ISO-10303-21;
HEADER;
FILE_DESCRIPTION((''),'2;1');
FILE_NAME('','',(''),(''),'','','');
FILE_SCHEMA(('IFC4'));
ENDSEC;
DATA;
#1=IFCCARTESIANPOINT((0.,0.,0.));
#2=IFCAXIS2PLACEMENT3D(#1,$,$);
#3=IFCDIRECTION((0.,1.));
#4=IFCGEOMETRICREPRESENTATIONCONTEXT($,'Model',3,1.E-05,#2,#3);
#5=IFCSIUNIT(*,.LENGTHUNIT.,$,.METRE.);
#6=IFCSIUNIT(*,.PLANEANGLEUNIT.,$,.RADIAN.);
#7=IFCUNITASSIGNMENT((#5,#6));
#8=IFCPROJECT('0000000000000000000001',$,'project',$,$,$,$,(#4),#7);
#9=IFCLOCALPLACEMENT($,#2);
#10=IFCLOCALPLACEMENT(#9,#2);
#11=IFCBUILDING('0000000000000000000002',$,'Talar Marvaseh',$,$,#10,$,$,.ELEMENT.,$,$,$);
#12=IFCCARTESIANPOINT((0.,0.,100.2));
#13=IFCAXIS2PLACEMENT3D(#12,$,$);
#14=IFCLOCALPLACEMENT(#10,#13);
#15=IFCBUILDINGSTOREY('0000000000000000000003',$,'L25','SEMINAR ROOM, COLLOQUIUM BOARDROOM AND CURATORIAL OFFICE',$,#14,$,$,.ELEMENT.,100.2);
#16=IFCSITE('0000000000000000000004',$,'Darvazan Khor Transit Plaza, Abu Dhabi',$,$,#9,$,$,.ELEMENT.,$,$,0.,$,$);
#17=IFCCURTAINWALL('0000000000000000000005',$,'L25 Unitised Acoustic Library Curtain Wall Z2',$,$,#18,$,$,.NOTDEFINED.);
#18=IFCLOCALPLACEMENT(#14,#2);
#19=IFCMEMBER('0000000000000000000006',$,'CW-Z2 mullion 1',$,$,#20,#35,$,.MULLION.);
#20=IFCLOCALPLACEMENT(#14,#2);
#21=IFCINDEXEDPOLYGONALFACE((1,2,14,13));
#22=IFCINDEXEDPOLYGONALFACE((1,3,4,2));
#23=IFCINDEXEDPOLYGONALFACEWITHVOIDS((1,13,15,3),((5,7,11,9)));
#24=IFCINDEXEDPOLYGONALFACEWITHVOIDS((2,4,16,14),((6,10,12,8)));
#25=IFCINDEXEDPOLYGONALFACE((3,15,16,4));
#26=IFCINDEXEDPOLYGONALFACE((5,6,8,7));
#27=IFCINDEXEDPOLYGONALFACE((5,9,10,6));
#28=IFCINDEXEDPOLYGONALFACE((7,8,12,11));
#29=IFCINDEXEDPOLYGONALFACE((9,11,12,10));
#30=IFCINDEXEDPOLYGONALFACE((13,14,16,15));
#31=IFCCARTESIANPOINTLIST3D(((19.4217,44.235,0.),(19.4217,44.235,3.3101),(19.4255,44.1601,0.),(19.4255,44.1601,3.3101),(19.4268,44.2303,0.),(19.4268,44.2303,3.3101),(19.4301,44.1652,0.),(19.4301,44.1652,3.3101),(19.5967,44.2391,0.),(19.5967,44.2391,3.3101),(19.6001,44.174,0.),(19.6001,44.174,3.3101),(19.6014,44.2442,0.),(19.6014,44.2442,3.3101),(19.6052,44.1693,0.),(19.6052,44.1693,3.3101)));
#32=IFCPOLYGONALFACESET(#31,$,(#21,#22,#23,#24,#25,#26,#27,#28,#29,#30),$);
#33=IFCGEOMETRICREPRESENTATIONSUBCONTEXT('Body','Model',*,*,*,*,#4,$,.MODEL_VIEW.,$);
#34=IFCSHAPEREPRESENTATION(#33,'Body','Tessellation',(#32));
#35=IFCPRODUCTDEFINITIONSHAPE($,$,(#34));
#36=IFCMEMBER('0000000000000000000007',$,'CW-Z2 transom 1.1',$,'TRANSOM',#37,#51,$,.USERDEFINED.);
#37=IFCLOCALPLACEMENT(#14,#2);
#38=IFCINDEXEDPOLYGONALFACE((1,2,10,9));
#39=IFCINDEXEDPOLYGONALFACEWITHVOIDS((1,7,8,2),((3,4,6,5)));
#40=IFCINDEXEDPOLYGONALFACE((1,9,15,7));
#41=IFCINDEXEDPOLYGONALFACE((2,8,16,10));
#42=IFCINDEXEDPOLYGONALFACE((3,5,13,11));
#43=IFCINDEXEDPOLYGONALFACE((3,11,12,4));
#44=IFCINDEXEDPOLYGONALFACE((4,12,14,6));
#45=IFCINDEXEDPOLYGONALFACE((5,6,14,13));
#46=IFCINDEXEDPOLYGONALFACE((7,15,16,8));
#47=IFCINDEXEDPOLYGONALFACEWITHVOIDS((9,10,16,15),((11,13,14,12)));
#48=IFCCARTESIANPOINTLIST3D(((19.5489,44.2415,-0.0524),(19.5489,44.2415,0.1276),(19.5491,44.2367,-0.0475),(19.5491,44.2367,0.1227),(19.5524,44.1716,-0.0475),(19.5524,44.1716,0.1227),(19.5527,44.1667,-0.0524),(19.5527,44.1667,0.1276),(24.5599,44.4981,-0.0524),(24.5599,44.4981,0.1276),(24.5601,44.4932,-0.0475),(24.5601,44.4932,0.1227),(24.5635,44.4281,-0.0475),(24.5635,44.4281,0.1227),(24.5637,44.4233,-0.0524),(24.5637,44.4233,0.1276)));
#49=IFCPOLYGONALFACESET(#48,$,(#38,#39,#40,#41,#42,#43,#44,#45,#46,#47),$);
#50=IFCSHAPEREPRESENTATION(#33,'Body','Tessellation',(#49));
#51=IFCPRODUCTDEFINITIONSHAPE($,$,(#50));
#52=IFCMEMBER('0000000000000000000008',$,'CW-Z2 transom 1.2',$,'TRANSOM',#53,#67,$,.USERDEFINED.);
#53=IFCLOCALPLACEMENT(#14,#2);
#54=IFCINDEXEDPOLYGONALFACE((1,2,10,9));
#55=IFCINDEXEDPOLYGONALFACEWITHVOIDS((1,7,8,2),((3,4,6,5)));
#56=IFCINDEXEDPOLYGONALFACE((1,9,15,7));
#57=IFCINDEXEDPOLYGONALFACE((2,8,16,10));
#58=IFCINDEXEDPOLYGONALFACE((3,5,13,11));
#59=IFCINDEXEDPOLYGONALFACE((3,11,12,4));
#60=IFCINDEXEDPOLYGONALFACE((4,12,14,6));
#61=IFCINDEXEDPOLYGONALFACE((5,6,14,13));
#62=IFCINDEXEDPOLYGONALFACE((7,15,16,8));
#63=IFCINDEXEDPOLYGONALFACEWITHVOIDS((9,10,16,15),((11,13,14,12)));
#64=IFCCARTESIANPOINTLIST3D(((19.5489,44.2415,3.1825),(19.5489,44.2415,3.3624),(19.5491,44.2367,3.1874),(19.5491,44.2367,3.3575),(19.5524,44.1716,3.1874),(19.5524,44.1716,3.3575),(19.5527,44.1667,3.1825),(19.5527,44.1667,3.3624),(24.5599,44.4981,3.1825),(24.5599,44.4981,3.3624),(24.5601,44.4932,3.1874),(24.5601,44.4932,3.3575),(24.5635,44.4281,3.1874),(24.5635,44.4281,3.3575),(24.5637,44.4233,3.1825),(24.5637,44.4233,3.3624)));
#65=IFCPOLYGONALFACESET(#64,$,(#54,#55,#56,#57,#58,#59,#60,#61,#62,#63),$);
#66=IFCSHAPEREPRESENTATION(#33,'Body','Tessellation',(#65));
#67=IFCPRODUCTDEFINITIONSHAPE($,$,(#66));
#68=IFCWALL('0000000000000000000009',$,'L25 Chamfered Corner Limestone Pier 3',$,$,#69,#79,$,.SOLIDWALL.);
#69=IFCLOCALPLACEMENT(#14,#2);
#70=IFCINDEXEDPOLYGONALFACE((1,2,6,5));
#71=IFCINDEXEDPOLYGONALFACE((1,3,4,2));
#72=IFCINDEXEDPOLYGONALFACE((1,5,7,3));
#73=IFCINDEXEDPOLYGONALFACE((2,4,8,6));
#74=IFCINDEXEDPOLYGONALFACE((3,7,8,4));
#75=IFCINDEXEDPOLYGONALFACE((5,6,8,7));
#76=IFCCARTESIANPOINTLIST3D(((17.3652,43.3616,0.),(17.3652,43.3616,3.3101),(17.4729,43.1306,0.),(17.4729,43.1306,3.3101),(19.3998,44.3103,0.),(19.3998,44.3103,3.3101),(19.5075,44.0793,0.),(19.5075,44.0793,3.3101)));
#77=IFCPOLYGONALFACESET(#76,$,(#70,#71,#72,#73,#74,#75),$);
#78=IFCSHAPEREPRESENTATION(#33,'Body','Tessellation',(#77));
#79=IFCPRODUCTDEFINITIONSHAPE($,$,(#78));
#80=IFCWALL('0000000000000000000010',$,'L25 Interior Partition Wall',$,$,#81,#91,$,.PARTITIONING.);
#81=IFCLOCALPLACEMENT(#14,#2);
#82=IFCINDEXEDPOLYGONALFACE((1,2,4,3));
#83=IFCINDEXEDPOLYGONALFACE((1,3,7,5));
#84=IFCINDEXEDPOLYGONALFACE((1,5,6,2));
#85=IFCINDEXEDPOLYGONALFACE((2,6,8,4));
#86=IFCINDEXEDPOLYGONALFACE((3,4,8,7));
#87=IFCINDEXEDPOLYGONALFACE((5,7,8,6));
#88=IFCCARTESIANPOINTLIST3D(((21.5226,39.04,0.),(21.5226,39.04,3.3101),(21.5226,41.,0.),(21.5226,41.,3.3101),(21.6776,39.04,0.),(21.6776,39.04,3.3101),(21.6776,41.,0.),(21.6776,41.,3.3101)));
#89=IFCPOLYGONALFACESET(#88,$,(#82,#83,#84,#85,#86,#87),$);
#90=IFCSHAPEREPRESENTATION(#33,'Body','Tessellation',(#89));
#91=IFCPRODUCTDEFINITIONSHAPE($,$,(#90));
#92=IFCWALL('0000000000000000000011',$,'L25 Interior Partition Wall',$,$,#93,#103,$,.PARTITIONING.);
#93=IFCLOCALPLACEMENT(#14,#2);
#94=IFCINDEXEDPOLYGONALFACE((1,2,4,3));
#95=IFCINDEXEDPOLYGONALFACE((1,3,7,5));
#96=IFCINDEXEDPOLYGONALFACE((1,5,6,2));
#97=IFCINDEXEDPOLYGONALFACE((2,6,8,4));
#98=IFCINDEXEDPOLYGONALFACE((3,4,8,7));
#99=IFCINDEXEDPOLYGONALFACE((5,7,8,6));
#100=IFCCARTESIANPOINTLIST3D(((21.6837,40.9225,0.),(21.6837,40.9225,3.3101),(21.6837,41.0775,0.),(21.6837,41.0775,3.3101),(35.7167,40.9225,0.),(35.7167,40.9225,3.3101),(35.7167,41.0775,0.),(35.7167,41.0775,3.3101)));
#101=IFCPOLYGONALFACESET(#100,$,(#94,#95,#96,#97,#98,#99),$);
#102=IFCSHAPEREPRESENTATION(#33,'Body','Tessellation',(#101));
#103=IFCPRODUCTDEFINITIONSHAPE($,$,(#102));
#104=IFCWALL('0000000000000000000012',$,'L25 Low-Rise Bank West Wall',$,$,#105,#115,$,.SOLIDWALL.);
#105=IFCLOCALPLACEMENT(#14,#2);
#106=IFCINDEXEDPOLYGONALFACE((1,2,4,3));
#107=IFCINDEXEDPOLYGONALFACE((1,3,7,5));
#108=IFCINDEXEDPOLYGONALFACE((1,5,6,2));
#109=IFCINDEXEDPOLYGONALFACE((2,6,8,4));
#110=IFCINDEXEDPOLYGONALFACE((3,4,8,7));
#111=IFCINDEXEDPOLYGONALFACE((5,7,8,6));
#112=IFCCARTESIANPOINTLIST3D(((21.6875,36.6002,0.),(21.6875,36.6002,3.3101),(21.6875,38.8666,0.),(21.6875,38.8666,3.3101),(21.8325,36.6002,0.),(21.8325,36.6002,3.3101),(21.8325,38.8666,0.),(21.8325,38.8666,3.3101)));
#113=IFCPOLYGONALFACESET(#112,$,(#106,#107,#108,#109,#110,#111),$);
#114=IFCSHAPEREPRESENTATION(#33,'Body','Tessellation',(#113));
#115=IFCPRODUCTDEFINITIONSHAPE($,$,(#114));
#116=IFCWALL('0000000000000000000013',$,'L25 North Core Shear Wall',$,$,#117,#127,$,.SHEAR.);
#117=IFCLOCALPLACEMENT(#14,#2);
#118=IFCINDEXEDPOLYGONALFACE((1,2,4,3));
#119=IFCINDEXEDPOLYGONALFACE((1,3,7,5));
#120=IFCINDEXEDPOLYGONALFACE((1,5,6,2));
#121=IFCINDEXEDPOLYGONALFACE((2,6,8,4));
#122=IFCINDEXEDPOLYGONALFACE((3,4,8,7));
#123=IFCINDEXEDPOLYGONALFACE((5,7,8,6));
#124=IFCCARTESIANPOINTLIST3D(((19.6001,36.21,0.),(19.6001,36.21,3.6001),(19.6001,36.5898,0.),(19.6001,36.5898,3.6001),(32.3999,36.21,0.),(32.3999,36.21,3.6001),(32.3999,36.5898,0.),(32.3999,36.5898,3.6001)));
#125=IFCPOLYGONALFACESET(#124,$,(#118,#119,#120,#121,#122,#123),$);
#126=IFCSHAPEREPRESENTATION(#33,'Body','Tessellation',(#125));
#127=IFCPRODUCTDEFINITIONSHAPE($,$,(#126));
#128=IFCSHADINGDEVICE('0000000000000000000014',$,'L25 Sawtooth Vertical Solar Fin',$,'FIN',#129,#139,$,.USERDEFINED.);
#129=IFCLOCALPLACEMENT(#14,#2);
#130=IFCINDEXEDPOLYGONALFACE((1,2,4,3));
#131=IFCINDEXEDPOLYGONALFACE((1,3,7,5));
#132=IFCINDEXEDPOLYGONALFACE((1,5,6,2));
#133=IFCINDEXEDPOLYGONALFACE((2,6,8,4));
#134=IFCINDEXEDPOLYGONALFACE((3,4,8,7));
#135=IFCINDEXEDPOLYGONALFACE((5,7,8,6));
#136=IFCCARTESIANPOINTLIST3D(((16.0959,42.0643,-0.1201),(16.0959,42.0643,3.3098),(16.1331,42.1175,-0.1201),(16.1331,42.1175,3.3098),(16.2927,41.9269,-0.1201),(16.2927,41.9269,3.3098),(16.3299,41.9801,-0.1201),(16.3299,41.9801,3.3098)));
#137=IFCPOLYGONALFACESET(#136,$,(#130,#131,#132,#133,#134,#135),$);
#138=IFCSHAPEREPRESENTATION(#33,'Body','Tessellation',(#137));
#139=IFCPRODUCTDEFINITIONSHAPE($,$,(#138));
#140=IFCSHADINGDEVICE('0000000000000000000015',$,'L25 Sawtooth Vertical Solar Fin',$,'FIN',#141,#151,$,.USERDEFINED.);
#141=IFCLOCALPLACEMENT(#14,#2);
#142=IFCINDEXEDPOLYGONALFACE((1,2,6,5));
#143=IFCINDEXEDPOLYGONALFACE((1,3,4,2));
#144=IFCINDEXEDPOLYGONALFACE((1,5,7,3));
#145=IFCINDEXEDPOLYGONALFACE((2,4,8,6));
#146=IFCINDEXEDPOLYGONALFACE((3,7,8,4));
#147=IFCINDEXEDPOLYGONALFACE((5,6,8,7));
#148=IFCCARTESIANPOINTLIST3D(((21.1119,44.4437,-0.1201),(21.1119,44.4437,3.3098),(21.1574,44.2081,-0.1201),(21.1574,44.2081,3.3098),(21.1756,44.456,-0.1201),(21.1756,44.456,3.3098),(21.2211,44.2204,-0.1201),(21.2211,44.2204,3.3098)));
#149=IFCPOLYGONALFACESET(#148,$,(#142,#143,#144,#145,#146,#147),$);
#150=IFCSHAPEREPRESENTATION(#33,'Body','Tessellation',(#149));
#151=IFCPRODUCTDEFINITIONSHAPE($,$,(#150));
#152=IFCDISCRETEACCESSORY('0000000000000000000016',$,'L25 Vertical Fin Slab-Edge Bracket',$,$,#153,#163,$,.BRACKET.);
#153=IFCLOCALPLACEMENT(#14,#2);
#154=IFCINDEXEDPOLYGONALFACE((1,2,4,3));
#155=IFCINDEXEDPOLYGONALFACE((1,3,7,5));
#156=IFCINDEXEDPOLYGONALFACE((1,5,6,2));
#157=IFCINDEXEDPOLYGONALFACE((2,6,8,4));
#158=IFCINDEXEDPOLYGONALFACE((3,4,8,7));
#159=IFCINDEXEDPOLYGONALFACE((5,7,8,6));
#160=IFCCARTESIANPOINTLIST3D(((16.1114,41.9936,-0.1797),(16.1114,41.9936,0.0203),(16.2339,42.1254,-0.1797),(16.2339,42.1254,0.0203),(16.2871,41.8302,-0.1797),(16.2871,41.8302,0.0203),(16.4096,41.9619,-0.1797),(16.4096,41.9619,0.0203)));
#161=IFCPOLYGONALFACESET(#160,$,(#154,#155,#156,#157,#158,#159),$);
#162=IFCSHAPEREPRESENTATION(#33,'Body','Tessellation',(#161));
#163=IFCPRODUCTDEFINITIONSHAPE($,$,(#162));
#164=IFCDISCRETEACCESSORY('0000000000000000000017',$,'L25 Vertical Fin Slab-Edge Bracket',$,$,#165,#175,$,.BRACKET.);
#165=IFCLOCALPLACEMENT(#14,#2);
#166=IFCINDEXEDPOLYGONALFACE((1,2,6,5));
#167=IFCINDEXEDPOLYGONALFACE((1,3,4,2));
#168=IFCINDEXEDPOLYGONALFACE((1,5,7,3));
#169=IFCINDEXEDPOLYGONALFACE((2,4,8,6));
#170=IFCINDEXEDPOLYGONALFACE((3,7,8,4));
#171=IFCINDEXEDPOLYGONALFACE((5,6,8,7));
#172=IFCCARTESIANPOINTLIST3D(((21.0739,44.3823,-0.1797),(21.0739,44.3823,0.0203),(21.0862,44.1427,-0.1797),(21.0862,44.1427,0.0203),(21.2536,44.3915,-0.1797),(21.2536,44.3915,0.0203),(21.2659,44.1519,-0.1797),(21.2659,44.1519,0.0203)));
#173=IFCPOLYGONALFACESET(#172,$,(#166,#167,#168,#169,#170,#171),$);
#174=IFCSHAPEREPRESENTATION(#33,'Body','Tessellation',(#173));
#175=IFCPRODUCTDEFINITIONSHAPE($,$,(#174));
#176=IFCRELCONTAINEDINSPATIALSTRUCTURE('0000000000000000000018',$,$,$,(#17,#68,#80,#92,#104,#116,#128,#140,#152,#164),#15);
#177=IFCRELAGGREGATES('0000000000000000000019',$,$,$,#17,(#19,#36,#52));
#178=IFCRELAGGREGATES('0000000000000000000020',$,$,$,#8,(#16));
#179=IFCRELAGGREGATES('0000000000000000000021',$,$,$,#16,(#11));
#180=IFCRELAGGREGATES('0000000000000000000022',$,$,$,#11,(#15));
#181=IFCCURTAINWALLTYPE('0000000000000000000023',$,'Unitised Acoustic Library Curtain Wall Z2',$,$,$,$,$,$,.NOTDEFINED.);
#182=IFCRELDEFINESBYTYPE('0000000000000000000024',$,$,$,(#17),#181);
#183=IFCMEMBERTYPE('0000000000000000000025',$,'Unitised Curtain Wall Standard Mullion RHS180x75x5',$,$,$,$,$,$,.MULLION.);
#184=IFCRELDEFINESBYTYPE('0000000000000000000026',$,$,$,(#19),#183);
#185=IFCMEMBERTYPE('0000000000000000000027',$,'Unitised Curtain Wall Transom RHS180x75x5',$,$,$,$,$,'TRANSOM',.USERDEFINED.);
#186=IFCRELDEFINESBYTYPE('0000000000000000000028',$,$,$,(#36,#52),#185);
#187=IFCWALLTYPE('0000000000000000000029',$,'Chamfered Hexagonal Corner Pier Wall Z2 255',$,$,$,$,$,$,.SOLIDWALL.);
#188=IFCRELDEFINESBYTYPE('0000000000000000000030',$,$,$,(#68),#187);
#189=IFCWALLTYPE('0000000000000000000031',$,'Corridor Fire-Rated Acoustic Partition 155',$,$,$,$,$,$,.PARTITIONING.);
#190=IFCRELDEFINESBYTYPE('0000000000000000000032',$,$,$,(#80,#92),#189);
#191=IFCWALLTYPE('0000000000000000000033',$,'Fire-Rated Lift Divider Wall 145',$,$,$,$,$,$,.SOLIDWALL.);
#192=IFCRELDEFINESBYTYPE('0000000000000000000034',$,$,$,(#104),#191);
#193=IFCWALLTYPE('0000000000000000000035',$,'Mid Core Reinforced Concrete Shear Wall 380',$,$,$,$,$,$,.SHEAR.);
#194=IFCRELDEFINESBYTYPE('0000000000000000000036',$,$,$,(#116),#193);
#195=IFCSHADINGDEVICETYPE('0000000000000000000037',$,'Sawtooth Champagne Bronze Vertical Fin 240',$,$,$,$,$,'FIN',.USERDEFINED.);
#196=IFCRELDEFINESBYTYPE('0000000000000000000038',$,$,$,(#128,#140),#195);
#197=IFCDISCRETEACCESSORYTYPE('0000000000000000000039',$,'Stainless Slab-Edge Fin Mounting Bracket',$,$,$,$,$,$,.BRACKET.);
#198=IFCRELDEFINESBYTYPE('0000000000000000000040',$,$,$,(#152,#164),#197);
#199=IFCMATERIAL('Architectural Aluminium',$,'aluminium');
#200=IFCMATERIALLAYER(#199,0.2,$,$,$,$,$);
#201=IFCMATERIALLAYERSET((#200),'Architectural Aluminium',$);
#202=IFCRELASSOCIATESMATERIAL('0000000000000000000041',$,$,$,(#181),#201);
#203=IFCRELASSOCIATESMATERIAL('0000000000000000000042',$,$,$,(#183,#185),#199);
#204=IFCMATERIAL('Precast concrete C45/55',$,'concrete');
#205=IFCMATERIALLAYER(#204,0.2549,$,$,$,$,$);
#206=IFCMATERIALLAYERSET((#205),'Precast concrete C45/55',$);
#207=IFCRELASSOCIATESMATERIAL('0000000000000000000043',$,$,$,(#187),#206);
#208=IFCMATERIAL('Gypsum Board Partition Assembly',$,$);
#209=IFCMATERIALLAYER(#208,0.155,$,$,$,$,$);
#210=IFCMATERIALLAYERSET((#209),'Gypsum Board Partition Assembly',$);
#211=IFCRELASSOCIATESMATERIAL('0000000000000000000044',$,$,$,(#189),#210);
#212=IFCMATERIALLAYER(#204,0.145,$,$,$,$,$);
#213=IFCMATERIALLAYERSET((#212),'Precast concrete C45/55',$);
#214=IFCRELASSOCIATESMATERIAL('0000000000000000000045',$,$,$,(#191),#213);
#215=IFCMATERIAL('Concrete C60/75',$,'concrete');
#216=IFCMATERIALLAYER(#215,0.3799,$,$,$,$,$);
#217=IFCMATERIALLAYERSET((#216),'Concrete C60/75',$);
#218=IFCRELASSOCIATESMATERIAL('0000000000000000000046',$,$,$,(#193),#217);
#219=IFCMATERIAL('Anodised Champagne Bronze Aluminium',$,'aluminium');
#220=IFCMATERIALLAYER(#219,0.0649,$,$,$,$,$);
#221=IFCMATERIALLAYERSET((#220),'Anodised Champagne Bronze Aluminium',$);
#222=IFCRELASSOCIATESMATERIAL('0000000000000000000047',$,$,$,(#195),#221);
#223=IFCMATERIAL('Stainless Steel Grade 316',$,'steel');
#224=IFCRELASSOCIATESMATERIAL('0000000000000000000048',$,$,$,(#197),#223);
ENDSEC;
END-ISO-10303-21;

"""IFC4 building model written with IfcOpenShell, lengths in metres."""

from ifc_helpers import new_model, si_unit, direction, frame, frame_2d, origin, origin_2d, place, context, subcontext, project, spatial, rectangle, hollow_rectangle, extrude, source, transform, mapped, material, layer, layer_set, material_profile, profile_set, type_object, type_shapes, element, aggregate, save


model = new_model("IFC4")

# Units and contexts
model_context = context("Model", 3, precision=1e-05, world=origin(), true_north=direction((0.0, 1.0)))
body_context = subcontext(model_context, "Body", "Model", "MODEL_VIEW")
ifc_project = project(units=[si_unit("LENGTHUNIT", "METRE"), si_unit("PLANEANGLEUNIT", "RADIAN")], contexts=[model_context])

# Site, building, storey
site_placement = place(None, origin())
site = spatial("IfcSite", under=ifc_project, at=site_placement, Name="Darvazan Khor Transit Plaza, Abu Dhabi", CompositionType="ELEMENT", RefElevation=0.0)
building_placement = place(site_placement, origin())
building = spatial("IfcBuilding", under=site, at=building_placement, Name="Talar Marvaseh", CompositionType="ELEMENT")
storey_placement = place(building_placement, frame((0.0, 0.0, 100.2)))
storey = spatial("IfcBuildingStorey", under=building, at=storey_placement, Name="L25", Description="SEMINAR ROOM, COLLOQUIUM BOARDROOM AND CURATORIAL OFFICE", CompositionType="ELEMENT", Elevation=100.2)

# Shared definitions
ifc_material_1 = material(Name="Concrete C60/75", Category="concrete")

# Shared definitions
ifc_material_2 = material(Name="Architectural Aluminium", Category="aluminium")
ifc_layer_1 = layer(ifc_material_2, 0.2)
ifc_layer_set_1 = layer_set([ifc_layer_1], Name="Architectural Aluminium")
curtain_wall_type = type_object("IfcCurtainWallType", Name="Unitised Acoustic Library Curtain Wall Z2", PredefinedType="NOTDEFINED", material=ifc_layer_set_1)
ifc_material_profile_1 = material_profile(ifc_material_2, hollow_rectangle(XDim=0.075, YDim=0.1799, WallThickness=0.0049, at=origin_2d()), Name="RHS180x75x5")
ifc_profile_set_1 = profile_set([ifc_material_profile_1], Name="Architectural Aluminium")
member_type_1 = type_object("IfcMemberType", Name="Unitised Curtain Wall Standard Mullion RHS180x75x5", PredefinedType="MULLION", material=ifc_profile_set_1)
shared_shape_1 = source(origin(), body_context, "Body", "SweptSolid", [
    extrude(hollow_rectangle(XDim=0.075, YDim=0.1799, WallThickness=0.0049, at=origin_2d()), origin(), (0.0, 0.0, 1.0), 3.3101),
])
type_shapes(member_type_1, [shared_shape_1])

# Curtain wall, members
curtain_wall_1_placement = place(storey_placement, origin())
curtain_wall_1 = element("IfcCurtainWall", 1, at=curtain_wall_1_placement, inside=storey, type_object=curtain_wall_type, Name="L25 Unitised Acoustic Library Curtain Wall Z2", PredefinedType="NOTDEFINED")
member_1_placement = place(storey_placement, frame((19.5134, 44.2021, 0.0), z_axis=(0.0, 0.0, 1.0), x_axis=(-0.051156, 0.998691, 0.0)))
member_1 = element("IfcMember", 2, at=member_1_placement, type_object=member_type_1, Name="CW-Z2 mullion 1", PredefinedType="MULLION", context=body_context, shape_type="MappedRepresentation", body=[
    mapped(shared_shape_1, transform((0.0, 0.0, 0.0), x_axis=(1.0, 0.0, 0.0), y_axis=(0.0, 1.0, 0.0), z_axis=(0.0, 0.0, 1.0), scale=1.0)),
])
ifc_material_profile_2 = material_profile(ifc_material_2, hollow_rectangle(XDim=0.075, YDim=0.1799, WallThickness=0.0049, at=origin_2d()), Name="RHS180x75x5")
ifc_profile_set_2 = profile_set([ifc_material_profile_2], Name="Architectural Aluminium")
member_type_2 = type_object("IfcMemberType", Name="Unitised Curtain Wall Transom RHS180x75x5", ElementType="TRANSOM", PredefinedType="USERDEFINED", material=ifc_profile_set_2)
shared_shape_2 = source(origin(), body_context, "Body", "SweptSolid", [
    extrude(hollow_rectangle(XDim=0.075, YDim=0.1799, WallThickness=0.0049, at=origin_2d()), origin(), (0.0, 0.0, 1.0), 5.0176),
])
type_shapes(member_type_2, [shared_shape_2])
member_2_placement = place(storey_placement, frame((19.5508, 44.2041, 0.0376), z_axis=(0.998692, 0.051139, 0.0), x_axis=(-0.051139, 0.998692, 0.0)))
member_2 = element("IfcMember", 3, at=member_2_placement, type_object=member_type_2, Name="CW-Z2 transom 1.1", ObjectType="TRANSOM", PredefinedType="USERDEFINED", context=body_context, shape_type="MappedRepresentation", body=[
    mapped(shared_shape_2, transform((0.0, 0.0, 0.0), x_axis=(1.0, 0.0, 0.0), y_axis=(0.0, 1.0, 0.0), z_axis=(0.0, 0.0, 1.0), scale=1.0)),
])
member_3_placement = place(storey_placement, frame((19.5508, 44.2041, 3.2725), z_axis=(0.998692, 0.051139, 0.0), x_axis=(-0.051139, 0.998692, 0.0)))
member_3 = element("IfcMember", 4, at=member_3_placement, type_object=member_type_2, Name="CW-Z2 transom 1.2", ObjectType="TRANSOM", PredefinedType="USERDEFINED", context=body_context, shape_type="MappedRepresentation", body=[
    mapped(shared_shape_2, transform((0.0, 0.0, 0.0), x_axis=(1.0, 0.0, 0.0), y_axis=(0.0, 1.0, 0.0), z_axis=(0.0, 0.0, 1.0), scale=1.0)),
])
aggregate(curtain_wall_1, [member_1, member_2, member_3])

# Walls
ifc_material_3 = material(Name="Precast concrete C45/55", Category="concrete")
ifc_layer_2 = layer(ifc_material_3, 0.2549)
ifc_layer_set_2 = layer_set([ifc_layer_2], Name="Precast concrete C45/55")
wall_type_1 = type_object("IfcWallType", Name="Chamfered Hexagonal Corner Pier Wall Z2 255", PredefinedType="SOLIDWALL", material=ifc_layer_set_2)
wall_1_placement = place(storey_placement, frame((17.4189, 43.2461, 0.0), z_axis=(0.0, 0.0, 1.0), x_axis=(0.906316, 0.4226, 0.0)))
element("IfcWall", 5, at=wall_1_placement, inside=storey, type_object=wall_type_1, Name="L25 Chamfered Corner Limestone Pier 3", PredefinedType="SOLIDWALL", context=body_context, shape_type="SweptSolid", body=[
    extrude(rectangle(XDim=2.2449, YDim=0.2549, at=frame_2d((1.1226, 0.0))), origin(), (0.0, 0.0, 1.0), 3.3101),
])
ifc_material_4 = material(Name="Gypsum Board Partition Assembly")
ifc_layer_3 = layer(ifc_material_4, 0.155)
ifc_layer_set_3 = layer_set([ifc_layer_3], Name="Gypsum Board Partition Assembly")
wall_type_2 = type_object("IfcWallType", Name="Corridor Fire-Rated Acoustic Partition 155", PredefinedType="PARTITIONING", material=ifc_layer_set_3)
wall_2_placement = place(storey_placement, frame((21.6001, 39.04, 0.0), z_axis=(0.0, 0.0, 1.0), x_axis=(0.0, 1.0, 0.0)))
element("IfcWall", 6, at=wall_2_placement, inside=storey, type_object=wall_type_2, Name="L25 Interior Partition Wall", PredefinedType="PARTITIONING", context=body_context, shape_type="SweptSolid", body=[
    extrude(rectangle(XDim=1.96, YDim=0.155, at=frame_2d((0.98, 0.0))), origin(), (0.0, 0.0, 1.0), 3.3101),
])
wall_3_placement = place(storey_placement, frame((21.6836, 41.0, 0.0), z_axis=(0.0, 0.0, 1.0), x_axis=(1.0, 0.0, 0.0)))
element("IfcWall", 7, at=wall_3_placement, inside=storey, type_object=wall_type_2, Name="L25 Interior Partition Wall", PredefinedType="PARTITIONING", context=body_context, shape_type="SweptSolid", body=[
    extrude(rectangle(XDim=14.033, YDim=0.155, at=frame_2d((7.0166, 0.0))), origin(), (0.0, 0.0, 1.0), 3.3101),
])
ifc_layer_4 = layer(ifc_material_3, 0.145)
ifc_layer_set_4 = layer_set([ifc_layer_4], Name="Precast concrete C45/55")
wall_type_3 = type_object("IfcWallType", Name="Fire-Rated Lift Divider Wall 145", PredefinedType="SOLIDWALL", material=ifc_layer_set_4)
wall_4_placement = place(storey_placement, frame((21.76, 36.6001, 0.0), z_axis=(0.0, 0.0, 1.0), x_axis=(0.0, 1.0, 0.0)))
element("IfcWall", 8, at=wall_4_placement, inside=storey, type_object=wall_type_3, Name="L25 Low-Rise Bank West Wall", PredefinedType="SOLIDWALL", context=body_context, shape_type="SweptSolid", body=[
    extrude(rectangle(XDim=2.2664, YDim=0.145, at=frame_2d((1.1333, 0.0))), origin(), (0.0, 0.0, 1.0), 3.3101),
])

# Shared definitions
ifc_material_5 = material(Name="Stainless Steel Grade 316", Category="steel")

# Wall
ifc_layer_5 = layer(ifc_material_1, 0.3799)
ifc_layer_set_5 = layer_set([ifc_layer_5], Name="Concrete C60/75")
wall_type_4 = type_object("IfcWallType", Name="Mid Core Reinforced Concrete Shear Wall 380", PredefinedType="SHEAR", material=ifc_layer_set_5)
wall_5_placement = place(storey_placement, frame((19.6001, 36.3999, 0.0), z_axis=(0.0, 0.0, 1.0), x_axis=(1.0, 0.0, 0.0)))
element("IfcWall", 9, at=wall_5_placement, inside=storey, type_object=wall_type_4, Name="L25 North Core Shear Wall", PredefinedType="SHEAR", context=body_context, shape_type="SweptSolid", body=[
    extrude(rectangle(XDim=12.7998, YDim=0.3799, at=frame_2d((6.3999, 0.0))), origin(), (0.0, 0.0, 1.0), 3.6001),
])

# Shading devices
ifc_material_6 = material(Name="Anodised Champagne Bronze Aluminium", Category="aluminium")
ifc_layer_6 = layer(ifc_material_6, 0.0649)
ifc_layer_set_6 = layer_set([ifc_layer_6], Name="Anodised Champagne Bronze Aluminium")
shading_device_type = type_object("IfcShadingDeviceType", Name="Sawtooth Champagne Bronze Vertical Fin 240", ElementType="FIN", PredefinedType="USERDEFINED", material=ifc_layer_set_6)
shared_shape_3 = source(origin(), body_context, "Body", "SweptSolid", [
    extrude(rectangle(XDim=0.24, YDim=0.0649, at=origin_2d()), origin(), (0.0, 0.0, 1.0), 3.4299),
])
type_shapes(shading_device_type, [shared_shape_3])
for number, where, z_axis, x_axis, name in (
    (10, (16.2129, 42.0222, -0.1201), (0.0, 0.0, 1.0), (-0.819852, 0.572575, 0.0), "L25 Sawtooth Vertical Solar Fin"),
    (11, (21.1665, 44.332, -0.1201), (0.0, 0.0, 1.0), (-0.18961, 0.98186, 0.0), "L25 Sawtooth Vertical Solar Fin"),
):
    element("IfcShadingDevice", number, at=place(storey_placement, frame(where, z_axis=z_axis, x_axis=x_axis)), inside=storey, type_object=shading_device_type, Name=name, ObjectType="FIN", PredefinedType="USERDEFINED", context=body_context, shape_type="MappedRepresentation", body=[
        mapped(shared_shape_3, transform((0.0, 0.0, 0.0), x_axis=(1.0, 0.0, 0.0), y_axis=(0.0, 1.0, 0.0), z_axis=(0.0, 0.0, 1.0), scale=1.0)),
    ])

# Discrete accessories
discrete_accessory_type = type_object("IfcDiscreteAccessoryType", Name="Stainless Slab-Edge Fin Mounting Bracket", PredefinedType="BRACKET", material=ifc_material_5)
shared_shape_4 = source(origin(), body_context, "Body", "SweptSolid", [
    extrude(rectangle(XDim=0.24, YDim=0.1799, at=origin_2d()), origin(), (0.0, 0.0, 1.0), 0.2),
])
type_shapes(discrete_accessory_type, [shared_shape_4])
for number, where, z_axis, x_axis, name in (
    (12, (16.2605, 41.9778, -0.1797), (0.0, 0.0, 1.0), (-0.732186, 0.681104, 0.0), "L25 Vertical Fin Slab-Edge Bracket"),
    (13, (21.1699, 44.2671, -0.1797), (0.0, 0.0, 1.0), (-0.051116, 0.998693, 0.0), "L25 Vertical Fin Slab-Edge Bracket"),
):
    element("IfcDiscreteAccessory", number, at=place(storey_placement, frame(where, z_axis=z_axis, x_axis=x_axis)), inside=storey, type_object=discrete_accessory_type, Name=name, PredefinedType="BRACKET", context=body_context, shape_type="MappedRepresentation", body=[
        mapped(shared_shape_4, transform((0.0, 0.0, 0.0), x_axis=(1.0, 0.0, 0.0), y_axis=(0.0, 1.0, 0.0), z_axis=(0.0, 0.0, 1.0), scale=1.0)),
    ])

save(model, "model.ifc")
